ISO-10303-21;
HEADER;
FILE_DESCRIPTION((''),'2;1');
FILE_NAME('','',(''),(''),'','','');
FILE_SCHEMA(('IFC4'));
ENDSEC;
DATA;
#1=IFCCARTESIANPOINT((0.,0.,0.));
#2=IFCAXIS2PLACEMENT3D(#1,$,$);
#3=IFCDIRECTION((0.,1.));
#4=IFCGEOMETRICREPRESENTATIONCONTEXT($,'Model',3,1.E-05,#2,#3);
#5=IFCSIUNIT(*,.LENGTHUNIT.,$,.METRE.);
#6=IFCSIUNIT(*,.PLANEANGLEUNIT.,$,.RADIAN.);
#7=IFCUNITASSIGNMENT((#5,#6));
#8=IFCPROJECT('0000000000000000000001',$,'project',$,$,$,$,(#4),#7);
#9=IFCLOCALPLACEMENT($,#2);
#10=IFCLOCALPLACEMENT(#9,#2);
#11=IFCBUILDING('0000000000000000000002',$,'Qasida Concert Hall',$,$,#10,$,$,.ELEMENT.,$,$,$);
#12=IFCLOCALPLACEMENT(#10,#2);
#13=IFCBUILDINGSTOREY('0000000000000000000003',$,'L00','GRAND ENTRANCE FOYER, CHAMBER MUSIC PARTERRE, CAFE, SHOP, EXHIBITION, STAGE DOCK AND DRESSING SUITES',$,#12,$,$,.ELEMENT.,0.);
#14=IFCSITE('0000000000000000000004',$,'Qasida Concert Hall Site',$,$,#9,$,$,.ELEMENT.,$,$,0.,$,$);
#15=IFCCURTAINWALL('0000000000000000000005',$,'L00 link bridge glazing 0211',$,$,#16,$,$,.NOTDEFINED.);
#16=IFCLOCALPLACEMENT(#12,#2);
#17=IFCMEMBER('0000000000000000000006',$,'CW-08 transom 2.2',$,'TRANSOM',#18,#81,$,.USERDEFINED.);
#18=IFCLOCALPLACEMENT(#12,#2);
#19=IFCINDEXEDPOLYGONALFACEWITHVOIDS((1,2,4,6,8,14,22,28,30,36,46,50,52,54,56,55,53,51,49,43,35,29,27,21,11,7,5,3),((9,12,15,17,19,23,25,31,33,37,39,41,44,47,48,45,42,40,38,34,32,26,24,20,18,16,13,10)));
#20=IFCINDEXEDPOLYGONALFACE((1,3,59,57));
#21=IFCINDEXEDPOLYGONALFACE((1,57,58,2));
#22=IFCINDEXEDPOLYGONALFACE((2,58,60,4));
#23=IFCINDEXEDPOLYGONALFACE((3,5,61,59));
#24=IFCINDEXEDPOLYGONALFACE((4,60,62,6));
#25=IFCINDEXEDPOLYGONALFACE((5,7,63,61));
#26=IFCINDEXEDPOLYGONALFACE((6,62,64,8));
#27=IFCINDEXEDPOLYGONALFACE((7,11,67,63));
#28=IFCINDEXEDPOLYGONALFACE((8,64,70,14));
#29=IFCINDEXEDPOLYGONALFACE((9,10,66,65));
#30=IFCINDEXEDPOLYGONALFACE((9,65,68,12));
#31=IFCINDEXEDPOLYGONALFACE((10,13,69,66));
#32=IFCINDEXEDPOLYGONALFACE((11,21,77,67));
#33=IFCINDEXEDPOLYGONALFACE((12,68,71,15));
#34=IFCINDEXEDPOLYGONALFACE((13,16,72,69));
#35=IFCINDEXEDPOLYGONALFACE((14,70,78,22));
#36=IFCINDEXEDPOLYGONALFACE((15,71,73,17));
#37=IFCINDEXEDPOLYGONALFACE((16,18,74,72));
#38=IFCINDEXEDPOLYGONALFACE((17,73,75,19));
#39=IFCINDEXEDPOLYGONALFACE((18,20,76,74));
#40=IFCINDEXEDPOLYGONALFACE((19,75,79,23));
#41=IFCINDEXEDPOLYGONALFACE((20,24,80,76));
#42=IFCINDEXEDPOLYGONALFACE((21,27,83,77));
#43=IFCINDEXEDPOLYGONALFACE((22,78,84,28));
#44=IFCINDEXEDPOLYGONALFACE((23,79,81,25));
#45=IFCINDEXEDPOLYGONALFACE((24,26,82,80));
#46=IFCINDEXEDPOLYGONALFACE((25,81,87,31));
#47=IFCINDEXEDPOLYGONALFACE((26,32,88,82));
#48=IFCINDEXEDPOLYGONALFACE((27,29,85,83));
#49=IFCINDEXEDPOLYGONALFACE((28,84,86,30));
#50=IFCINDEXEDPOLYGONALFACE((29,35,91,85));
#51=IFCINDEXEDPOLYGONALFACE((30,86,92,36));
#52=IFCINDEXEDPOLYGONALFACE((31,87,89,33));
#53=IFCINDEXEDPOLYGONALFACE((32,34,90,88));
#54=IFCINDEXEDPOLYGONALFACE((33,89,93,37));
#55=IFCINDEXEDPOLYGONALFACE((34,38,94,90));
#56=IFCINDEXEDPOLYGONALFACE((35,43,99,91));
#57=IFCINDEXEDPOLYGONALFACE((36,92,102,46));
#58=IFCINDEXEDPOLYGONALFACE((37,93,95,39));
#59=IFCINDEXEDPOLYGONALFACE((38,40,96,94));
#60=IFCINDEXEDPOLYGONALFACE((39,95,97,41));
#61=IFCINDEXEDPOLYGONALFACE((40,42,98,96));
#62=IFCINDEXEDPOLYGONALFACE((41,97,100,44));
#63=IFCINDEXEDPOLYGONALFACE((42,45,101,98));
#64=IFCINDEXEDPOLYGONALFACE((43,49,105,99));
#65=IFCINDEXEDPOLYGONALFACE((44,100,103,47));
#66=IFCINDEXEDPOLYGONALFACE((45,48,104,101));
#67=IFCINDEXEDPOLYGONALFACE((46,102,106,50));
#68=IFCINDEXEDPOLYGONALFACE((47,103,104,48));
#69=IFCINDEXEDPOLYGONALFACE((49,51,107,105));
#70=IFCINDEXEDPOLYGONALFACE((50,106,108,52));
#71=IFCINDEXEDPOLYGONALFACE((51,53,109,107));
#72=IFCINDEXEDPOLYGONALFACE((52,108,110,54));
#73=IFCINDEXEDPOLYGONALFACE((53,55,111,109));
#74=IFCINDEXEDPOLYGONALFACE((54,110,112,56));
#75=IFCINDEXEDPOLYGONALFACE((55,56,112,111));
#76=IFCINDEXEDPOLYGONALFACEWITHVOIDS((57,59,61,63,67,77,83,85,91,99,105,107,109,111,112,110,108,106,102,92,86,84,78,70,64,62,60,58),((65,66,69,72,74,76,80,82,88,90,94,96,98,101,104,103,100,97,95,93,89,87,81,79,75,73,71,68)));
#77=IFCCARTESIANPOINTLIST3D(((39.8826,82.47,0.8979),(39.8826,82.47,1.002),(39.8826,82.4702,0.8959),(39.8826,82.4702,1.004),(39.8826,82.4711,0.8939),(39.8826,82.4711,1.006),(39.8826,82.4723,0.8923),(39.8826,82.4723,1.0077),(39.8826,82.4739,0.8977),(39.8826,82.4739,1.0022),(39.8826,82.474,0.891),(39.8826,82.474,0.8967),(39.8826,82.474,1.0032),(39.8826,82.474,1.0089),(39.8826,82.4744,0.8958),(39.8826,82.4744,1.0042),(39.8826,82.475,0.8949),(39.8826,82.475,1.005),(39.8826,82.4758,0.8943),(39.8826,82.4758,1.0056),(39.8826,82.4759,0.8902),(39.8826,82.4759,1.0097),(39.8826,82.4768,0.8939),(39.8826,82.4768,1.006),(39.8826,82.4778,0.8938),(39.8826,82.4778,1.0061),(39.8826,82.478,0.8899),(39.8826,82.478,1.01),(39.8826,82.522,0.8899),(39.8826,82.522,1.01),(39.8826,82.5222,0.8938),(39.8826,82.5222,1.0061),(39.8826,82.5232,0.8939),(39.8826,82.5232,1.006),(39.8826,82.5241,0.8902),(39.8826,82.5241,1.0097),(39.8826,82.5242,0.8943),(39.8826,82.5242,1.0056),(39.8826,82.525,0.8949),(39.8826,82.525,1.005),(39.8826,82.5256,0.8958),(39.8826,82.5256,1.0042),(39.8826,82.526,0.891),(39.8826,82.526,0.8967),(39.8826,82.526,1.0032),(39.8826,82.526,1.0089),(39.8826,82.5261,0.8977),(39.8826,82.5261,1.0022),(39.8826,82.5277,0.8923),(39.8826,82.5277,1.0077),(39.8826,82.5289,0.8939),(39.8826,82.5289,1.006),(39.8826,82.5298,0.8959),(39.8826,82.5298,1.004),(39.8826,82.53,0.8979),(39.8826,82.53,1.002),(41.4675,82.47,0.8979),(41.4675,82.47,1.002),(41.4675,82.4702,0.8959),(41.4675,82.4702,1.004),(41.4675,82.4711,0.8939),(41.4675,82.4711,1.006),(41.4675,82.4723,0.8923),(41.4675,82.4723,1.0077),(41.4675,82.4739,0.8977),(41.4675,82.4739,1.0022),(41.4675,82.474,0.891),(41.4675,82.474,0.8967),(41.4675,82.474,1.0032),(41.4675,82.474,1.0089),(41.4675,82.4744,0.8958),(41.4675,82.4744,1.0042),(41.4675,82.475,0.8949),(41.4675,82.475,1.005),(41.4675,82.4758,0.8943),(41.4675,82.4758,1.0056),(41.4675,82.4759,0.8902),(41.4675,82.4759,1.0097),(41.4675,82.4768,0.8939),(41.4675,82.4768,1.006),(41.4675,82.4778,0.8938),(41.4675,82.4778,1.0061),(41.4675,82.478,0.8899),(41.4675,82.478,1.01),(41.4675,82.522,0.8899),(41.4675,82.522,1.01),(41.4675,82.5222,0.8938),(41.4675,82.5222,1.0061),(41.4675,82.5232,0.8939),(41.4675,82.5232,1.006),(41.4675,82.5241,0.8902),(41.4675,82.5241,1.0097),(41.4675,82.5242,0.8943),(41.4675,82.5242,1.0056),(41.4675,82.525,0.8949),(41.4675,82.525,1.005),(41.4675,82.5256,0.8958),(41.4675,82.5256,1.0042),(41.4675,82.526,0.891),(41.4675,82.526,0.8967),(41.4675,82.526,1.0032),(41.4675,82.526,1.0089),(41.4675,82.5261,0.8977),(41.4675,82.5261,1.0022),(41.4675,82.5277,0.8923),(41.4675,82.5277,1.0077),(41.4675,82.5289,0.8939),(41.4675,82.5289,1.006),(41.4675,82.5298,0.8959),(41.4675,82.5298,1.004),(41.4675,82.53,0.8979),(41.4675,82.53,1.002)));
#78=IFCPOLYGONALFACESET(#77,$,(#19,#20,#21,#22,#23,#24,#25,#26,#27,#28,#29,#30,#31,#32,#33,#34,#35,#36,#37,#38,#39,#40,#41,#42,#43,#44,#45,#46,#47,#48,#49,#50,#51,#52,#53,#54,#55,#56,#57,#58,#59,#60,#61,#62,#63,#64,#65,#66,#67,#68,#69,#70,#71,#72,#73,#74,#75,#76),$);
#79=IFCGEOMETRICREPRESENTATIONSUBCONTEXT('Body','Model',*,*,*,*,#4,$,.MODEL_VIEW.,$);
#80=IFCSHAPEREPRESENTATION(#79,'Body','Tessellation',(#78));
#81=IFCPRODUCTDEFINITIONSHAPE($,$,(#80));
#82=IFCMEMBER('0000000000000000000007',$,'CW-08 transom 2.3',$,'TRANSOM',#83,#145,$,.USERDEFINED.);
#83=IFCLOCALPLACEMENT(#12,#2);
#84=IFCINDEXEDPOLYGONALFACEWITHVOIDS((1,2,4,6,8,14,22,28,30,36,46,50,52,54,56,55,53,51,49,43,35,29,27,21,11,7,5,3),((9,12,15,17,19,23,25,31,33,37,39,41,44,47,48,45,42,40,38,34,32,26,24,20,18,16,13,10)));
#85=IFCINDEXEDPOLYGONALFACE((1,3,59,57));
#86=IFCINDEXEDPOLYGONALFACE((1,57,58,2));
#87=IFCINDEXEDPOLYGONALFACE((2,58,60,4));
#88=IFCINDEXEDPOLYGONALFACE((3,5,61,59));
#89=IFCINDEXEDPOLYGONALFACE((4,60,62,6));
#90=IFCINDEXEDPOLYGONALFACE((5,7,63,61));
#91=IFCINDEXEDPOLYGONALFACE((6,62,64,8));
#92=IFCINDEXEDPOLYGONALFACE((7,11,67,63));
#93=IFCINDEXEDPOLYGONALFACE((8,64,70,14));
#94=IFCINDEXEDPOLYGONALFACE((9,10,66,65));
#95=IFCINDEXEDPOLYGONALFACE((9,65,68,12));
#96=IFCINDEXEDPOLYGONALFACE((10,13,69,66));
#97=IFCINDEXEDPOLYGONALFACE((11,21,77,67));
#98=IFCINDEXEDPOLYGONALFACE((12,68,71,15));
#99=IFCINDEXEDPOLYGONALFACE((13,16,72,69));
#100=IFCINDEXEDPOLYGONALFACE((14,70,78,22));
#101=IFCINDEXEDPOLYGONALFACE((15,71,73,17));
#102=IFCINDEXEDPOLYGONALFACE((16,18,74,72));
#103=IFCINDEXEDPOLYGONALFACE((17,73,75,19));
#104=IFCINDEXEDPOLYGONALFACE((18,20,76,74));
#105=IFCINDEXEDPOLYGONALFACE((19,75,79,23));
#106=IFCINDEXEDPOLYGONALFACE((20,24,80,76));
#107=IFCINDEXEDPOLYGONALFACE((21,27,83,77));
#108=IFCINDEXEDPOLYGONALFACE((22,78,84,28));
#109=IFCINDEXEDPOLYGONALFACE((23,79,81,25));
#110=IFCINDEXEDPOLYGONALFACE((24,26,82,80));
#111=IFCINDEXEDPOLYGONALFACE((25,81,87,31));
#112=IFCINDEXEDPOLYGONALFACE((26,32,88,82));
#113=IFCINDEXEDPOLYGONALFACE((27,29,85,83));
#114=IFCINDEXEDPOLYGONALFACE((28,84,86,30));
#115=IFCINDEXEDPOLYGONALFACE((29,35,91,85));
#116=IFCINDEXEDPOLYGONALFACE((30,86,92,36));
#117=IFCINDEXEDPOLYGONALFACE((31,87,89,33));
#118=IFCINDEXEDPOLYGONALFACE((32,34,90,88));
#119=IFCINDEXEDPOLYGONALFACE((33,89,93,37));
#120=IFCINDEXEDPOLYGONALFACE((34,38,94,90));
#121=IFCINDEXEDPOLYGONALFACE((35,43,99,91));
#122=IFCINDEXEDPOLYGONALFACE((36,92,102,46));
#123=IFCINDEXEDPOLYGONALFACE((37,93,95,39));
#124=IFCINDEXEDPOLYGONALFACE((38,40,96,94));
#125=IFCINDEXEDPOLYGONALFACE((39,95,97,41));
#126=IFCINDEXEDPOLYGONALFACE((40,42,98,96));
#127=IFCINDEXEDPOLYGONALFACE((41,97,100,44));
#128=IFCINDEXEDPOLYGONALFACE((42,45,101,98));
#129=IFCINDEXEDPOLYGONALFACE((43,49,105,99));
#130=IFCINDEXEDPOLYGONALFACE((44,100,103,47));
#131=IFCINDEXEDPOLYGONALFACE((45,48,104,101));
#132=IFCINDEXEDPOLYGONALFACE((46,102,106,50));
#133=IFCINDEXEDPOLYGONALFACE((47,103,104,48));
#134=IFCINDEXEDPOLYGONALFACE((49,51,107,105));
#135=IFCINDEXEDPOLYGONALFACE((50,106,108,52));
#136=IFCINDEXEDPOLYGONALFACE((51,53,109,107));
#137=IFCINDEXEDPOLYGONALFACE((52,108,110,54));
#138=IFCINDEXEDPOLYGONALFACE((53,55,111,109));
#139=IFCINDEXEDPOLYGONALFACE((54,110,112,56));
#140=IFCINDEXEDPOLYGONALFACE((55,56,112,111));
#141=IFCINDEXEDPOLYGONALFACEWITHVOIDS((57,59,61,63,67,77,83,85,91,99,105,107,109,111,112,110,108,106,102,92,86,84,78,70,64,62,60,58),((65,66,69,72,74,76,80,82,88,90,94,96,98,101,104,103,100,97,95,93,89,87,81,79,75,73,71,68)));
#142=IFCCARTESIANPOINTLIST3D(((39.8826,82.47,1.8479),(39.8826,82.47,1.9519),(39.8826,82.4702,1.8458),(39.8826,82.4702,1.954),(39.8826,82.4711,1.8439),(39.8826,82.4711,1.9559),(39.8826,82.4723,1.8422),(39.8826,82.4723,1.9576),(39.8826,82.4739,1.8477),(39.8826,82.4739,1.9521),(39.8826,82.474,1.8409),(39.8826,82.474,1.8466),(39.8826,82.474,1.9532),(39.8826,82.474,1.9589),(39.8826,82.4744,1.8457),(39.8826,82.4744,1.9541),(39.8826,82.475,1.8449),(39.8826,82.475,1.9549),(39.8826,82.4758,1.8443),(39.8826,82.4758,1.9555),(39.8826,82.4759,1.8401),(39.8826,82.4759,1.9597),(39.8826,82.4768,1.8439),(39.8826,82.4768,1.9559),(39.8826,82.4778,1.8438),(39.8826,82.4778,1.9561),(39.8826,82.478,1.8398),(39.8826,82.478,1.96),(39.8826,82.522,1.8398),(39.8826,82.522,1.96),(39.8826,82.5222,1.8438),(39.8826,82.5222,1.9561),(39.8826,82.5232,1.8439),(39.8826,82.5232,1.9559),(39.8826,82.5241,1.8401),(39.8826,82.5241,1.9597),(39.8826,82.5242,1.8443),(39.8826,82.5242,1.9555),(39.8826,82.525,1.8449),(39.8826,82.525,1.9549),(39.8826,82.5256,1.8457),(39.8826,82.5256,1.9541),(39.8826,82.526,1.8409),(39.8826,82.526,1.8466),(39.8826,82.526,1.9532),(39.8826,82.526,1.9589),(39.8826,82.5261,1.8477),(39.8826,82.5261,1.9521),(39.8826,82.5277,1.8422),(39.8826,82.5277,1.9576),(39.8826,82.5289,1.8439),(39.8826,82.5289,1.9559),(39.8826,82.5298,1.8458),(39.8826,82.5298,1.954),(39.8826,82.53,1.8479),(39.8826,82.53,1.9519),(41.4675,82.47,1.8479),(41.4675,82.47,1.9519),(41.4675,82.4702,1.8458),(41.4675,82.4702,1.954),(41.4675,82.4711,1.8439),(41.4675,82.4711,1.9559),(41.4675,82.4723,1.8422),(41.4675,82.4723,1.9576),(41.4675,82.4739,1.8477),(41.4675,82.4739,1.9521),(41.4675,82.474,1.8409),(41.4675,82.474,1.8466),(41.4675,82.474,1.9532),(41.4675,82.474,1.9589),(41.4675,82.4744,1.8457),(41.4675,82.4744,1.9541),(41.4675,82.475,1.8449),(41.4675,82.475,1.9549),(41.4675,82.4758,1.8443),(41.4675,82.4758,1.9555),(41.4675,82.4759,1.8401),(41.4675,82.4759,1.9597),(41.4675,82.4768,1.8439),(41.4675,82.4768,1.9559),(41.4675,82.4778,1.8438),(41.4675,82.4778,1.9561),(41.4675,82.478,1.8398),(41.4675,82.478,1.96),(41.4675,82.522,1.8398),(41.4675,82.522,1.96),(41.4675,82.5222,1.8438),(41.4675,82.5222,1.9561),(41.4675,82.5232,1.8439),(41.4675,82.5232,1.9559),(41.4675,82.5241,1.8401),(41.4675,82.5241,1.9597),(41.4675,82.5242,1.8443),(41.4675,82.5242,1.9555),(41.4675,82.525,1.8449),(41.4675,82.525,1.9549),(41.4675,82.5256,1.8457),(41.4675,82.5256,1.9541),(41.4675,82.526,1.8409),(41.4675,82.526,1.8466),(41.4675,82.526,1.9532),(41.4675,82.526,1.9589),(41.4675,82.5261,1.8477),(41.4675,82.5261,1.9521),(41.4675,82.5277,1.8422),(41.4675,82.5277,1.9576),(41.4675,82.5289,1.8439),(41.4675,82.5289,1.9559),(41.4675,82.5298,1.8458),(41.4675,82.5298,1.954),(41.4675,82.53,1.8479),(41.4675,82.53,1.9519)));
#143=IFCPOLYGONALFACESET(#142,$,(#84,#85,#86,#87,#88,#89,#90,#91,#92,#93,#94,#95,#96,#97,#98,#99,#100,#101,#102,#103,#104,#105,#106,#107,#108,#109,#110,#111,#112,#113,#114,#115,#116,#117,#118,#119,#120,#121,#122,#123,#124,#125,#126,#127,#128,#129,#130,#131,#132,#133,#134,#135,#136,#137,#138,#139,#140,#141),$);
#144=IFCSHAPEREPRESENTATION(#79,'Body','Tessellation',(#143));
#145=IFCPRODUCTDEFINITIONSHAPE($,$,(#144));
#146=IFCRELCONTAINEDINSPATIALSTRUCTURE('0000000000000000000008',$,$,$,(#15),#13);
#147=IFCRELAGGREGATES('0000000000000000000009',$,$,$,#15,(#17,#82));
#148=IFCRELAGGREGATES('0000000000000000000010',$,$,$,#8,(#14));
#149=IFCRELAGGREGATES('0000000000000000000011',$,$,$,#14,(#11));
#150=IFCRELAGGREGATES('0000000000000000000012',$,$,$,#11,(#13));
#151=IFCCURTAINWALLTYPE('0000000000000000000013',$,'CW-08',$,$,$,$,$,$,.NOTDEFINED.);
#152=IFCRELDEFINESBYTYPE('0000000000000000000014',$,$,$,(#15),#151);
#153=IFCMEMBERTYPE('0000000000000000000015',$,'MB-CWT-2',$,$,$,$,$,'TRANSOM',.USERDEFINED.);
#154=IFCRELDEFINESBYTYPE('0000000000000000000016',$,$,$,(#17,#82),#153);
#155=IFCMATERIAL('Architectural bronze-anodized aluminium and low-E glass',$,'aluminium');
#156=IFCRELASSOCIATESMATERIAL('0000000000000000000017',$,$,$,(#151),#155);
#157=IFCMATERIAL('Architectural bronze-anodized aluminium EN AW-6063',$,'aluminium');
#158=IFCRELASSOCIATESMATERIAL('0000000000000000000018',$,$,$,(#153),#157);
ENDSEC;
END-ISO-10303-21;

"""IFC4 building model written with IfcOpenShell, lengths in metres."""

from ifc_helpers import new_model, si_unit, direction, frame, origin, origin_2d, place, context, subcontext, project, spatial, hollow_rectangle, extrude, material, material_profile, profile_set, type_object, element, aggregate, save


model = new_model("IFC4")

# Units and contexts
model_context = context("Model", 3, precision=1e-05, world=origin(), true_north=direction((0.0, 1.0)))
body_context = subcontext(model_context, "Body", "Model", "MODEL_VIEW")
ifc_project = project(units=[si_unit("LENGTHUNIT", "METRE"), si_unit("PLANEANGLEUNIT", "RADIAN")], contexts=[model_context])

# Site, building, storey
site_placement = place(None, origin())
site = spatial("IfcSite", under=ifc_project, at=site_placement, Name="Qasida Concert Hall Site", CompositionType="ELEMENT", RefElevation=0.0)
building_placement = place(site_placement, origin())
building = spatial("IfcBuilding", under=site, at=building_placement, Name="Qasida Concert Hall", CompositionType="ELEMENT")
storey_placement = place(building_placement, origin())
storey = spatial("IfcBuildingStorey", under=building, at=storey_placement, Name="L00", Description="GRAND ENTRANCE FOYER, CHAMBER MUSIC PARTERRE, CAFE, SHOP, EXHIBITION, STAGE DOCK AND DRESSING SUITES", CompositionType="ELEMENT", Elevation=0.0)

# Curtain wall, members
ifc_material_1 = material(Name="Architectural bronze-anodized aluminium and low-E glass", Category="aluminium")
curtain_wall_type = type_object("IfcCurtainWallType", Name="CW-08", PredefinedType="NOTDEFINED", material=ifc_material_1)
curtain_wall_placement = place(storey_placement, origin())
curtain_wall = element("IfcCurtainWall", 1, at=curtain_wall_placement, inside=storey, type_object=curtain_wall_type, Name="L00 link bridge glazing 0211", PredefinedType="NOTDEFINED")
ifc_material_2 = material(Name="Architectural bronze-anodized aluminium EN AW-6063", Category="aluminium")
ifc_material_profile_1 = material_profile(ifc_material_2, hollow_rectangle(XDim=0.0601, YDim=0.1201, WallThickness=0.0039, InnerFilletRadius=0.0039, OuterFilletRadius=0.0081, at=origin_2d()), Name="CWT 120x60x4")
ifc_profile_set_1 = profile_set([ifc_material_profile_1], Name="Architectural bronze-anodized aluminium EN AW-6063")
member_type_1 = type_object("IfcMemberType", Name="MB-CWT-2", ElementType="TRANSOM", PredefinedType="USERDEFINED", material=ifc_profile_set_1)
member_1_placement = place(storey_placement, frame((39.8826, 82.5, 0.95), z_axis=(1.0, 0.0, 0.0), x_axis=(0.0, 1.0, 0.0)))
member_1 = element("IfcMember", 2, at=member_1_placement, type_object=member_type_1, Name="CW-08 transom 2.2", ObjectType="TRANSOM", PredefinedType="USERDEFINED", context=body_context, shape_type="SweptSolid", body=[
    extrude(hollow_rectangle(XDim=0.0601, YDim=0.1201, WallThickness=0.0039, InnerFilletRadius=0.0039, OuterFilletRadius=0.0081, at=origin_2d()), origin(), (0.0, 0.0, 1.0), 1.585),
])
member_2_placement = place(storey_placement, frame((39.8826, 82.5, 1.8999), z_axis=(1.0, 0.0, 0.0), x_axis=(0.0, 1.0, 0.0)))
member_2 = element("IfcMember", 3, at=member_2_placement, type_object=member_type_1, Name="CW-08 transom 2.3", ObjectType="TRANSOM", PredefinedType="USERDEFINED", context=body_context, shape_type="SweptSolid", body=[
    extrude(hollow_rectangle(XDim=0.0601, YDim=0.1201, WallThickness=0.0039, InnerFilletRadius=0.0039, OuterFilletRadius=0.0081, at=origin_2d()), origin(), (0.0, 0.0, 1.0), 1.585),
])
aggregate(curtain_wall, [member_1, member_2])

save(model, "model.ifc")
